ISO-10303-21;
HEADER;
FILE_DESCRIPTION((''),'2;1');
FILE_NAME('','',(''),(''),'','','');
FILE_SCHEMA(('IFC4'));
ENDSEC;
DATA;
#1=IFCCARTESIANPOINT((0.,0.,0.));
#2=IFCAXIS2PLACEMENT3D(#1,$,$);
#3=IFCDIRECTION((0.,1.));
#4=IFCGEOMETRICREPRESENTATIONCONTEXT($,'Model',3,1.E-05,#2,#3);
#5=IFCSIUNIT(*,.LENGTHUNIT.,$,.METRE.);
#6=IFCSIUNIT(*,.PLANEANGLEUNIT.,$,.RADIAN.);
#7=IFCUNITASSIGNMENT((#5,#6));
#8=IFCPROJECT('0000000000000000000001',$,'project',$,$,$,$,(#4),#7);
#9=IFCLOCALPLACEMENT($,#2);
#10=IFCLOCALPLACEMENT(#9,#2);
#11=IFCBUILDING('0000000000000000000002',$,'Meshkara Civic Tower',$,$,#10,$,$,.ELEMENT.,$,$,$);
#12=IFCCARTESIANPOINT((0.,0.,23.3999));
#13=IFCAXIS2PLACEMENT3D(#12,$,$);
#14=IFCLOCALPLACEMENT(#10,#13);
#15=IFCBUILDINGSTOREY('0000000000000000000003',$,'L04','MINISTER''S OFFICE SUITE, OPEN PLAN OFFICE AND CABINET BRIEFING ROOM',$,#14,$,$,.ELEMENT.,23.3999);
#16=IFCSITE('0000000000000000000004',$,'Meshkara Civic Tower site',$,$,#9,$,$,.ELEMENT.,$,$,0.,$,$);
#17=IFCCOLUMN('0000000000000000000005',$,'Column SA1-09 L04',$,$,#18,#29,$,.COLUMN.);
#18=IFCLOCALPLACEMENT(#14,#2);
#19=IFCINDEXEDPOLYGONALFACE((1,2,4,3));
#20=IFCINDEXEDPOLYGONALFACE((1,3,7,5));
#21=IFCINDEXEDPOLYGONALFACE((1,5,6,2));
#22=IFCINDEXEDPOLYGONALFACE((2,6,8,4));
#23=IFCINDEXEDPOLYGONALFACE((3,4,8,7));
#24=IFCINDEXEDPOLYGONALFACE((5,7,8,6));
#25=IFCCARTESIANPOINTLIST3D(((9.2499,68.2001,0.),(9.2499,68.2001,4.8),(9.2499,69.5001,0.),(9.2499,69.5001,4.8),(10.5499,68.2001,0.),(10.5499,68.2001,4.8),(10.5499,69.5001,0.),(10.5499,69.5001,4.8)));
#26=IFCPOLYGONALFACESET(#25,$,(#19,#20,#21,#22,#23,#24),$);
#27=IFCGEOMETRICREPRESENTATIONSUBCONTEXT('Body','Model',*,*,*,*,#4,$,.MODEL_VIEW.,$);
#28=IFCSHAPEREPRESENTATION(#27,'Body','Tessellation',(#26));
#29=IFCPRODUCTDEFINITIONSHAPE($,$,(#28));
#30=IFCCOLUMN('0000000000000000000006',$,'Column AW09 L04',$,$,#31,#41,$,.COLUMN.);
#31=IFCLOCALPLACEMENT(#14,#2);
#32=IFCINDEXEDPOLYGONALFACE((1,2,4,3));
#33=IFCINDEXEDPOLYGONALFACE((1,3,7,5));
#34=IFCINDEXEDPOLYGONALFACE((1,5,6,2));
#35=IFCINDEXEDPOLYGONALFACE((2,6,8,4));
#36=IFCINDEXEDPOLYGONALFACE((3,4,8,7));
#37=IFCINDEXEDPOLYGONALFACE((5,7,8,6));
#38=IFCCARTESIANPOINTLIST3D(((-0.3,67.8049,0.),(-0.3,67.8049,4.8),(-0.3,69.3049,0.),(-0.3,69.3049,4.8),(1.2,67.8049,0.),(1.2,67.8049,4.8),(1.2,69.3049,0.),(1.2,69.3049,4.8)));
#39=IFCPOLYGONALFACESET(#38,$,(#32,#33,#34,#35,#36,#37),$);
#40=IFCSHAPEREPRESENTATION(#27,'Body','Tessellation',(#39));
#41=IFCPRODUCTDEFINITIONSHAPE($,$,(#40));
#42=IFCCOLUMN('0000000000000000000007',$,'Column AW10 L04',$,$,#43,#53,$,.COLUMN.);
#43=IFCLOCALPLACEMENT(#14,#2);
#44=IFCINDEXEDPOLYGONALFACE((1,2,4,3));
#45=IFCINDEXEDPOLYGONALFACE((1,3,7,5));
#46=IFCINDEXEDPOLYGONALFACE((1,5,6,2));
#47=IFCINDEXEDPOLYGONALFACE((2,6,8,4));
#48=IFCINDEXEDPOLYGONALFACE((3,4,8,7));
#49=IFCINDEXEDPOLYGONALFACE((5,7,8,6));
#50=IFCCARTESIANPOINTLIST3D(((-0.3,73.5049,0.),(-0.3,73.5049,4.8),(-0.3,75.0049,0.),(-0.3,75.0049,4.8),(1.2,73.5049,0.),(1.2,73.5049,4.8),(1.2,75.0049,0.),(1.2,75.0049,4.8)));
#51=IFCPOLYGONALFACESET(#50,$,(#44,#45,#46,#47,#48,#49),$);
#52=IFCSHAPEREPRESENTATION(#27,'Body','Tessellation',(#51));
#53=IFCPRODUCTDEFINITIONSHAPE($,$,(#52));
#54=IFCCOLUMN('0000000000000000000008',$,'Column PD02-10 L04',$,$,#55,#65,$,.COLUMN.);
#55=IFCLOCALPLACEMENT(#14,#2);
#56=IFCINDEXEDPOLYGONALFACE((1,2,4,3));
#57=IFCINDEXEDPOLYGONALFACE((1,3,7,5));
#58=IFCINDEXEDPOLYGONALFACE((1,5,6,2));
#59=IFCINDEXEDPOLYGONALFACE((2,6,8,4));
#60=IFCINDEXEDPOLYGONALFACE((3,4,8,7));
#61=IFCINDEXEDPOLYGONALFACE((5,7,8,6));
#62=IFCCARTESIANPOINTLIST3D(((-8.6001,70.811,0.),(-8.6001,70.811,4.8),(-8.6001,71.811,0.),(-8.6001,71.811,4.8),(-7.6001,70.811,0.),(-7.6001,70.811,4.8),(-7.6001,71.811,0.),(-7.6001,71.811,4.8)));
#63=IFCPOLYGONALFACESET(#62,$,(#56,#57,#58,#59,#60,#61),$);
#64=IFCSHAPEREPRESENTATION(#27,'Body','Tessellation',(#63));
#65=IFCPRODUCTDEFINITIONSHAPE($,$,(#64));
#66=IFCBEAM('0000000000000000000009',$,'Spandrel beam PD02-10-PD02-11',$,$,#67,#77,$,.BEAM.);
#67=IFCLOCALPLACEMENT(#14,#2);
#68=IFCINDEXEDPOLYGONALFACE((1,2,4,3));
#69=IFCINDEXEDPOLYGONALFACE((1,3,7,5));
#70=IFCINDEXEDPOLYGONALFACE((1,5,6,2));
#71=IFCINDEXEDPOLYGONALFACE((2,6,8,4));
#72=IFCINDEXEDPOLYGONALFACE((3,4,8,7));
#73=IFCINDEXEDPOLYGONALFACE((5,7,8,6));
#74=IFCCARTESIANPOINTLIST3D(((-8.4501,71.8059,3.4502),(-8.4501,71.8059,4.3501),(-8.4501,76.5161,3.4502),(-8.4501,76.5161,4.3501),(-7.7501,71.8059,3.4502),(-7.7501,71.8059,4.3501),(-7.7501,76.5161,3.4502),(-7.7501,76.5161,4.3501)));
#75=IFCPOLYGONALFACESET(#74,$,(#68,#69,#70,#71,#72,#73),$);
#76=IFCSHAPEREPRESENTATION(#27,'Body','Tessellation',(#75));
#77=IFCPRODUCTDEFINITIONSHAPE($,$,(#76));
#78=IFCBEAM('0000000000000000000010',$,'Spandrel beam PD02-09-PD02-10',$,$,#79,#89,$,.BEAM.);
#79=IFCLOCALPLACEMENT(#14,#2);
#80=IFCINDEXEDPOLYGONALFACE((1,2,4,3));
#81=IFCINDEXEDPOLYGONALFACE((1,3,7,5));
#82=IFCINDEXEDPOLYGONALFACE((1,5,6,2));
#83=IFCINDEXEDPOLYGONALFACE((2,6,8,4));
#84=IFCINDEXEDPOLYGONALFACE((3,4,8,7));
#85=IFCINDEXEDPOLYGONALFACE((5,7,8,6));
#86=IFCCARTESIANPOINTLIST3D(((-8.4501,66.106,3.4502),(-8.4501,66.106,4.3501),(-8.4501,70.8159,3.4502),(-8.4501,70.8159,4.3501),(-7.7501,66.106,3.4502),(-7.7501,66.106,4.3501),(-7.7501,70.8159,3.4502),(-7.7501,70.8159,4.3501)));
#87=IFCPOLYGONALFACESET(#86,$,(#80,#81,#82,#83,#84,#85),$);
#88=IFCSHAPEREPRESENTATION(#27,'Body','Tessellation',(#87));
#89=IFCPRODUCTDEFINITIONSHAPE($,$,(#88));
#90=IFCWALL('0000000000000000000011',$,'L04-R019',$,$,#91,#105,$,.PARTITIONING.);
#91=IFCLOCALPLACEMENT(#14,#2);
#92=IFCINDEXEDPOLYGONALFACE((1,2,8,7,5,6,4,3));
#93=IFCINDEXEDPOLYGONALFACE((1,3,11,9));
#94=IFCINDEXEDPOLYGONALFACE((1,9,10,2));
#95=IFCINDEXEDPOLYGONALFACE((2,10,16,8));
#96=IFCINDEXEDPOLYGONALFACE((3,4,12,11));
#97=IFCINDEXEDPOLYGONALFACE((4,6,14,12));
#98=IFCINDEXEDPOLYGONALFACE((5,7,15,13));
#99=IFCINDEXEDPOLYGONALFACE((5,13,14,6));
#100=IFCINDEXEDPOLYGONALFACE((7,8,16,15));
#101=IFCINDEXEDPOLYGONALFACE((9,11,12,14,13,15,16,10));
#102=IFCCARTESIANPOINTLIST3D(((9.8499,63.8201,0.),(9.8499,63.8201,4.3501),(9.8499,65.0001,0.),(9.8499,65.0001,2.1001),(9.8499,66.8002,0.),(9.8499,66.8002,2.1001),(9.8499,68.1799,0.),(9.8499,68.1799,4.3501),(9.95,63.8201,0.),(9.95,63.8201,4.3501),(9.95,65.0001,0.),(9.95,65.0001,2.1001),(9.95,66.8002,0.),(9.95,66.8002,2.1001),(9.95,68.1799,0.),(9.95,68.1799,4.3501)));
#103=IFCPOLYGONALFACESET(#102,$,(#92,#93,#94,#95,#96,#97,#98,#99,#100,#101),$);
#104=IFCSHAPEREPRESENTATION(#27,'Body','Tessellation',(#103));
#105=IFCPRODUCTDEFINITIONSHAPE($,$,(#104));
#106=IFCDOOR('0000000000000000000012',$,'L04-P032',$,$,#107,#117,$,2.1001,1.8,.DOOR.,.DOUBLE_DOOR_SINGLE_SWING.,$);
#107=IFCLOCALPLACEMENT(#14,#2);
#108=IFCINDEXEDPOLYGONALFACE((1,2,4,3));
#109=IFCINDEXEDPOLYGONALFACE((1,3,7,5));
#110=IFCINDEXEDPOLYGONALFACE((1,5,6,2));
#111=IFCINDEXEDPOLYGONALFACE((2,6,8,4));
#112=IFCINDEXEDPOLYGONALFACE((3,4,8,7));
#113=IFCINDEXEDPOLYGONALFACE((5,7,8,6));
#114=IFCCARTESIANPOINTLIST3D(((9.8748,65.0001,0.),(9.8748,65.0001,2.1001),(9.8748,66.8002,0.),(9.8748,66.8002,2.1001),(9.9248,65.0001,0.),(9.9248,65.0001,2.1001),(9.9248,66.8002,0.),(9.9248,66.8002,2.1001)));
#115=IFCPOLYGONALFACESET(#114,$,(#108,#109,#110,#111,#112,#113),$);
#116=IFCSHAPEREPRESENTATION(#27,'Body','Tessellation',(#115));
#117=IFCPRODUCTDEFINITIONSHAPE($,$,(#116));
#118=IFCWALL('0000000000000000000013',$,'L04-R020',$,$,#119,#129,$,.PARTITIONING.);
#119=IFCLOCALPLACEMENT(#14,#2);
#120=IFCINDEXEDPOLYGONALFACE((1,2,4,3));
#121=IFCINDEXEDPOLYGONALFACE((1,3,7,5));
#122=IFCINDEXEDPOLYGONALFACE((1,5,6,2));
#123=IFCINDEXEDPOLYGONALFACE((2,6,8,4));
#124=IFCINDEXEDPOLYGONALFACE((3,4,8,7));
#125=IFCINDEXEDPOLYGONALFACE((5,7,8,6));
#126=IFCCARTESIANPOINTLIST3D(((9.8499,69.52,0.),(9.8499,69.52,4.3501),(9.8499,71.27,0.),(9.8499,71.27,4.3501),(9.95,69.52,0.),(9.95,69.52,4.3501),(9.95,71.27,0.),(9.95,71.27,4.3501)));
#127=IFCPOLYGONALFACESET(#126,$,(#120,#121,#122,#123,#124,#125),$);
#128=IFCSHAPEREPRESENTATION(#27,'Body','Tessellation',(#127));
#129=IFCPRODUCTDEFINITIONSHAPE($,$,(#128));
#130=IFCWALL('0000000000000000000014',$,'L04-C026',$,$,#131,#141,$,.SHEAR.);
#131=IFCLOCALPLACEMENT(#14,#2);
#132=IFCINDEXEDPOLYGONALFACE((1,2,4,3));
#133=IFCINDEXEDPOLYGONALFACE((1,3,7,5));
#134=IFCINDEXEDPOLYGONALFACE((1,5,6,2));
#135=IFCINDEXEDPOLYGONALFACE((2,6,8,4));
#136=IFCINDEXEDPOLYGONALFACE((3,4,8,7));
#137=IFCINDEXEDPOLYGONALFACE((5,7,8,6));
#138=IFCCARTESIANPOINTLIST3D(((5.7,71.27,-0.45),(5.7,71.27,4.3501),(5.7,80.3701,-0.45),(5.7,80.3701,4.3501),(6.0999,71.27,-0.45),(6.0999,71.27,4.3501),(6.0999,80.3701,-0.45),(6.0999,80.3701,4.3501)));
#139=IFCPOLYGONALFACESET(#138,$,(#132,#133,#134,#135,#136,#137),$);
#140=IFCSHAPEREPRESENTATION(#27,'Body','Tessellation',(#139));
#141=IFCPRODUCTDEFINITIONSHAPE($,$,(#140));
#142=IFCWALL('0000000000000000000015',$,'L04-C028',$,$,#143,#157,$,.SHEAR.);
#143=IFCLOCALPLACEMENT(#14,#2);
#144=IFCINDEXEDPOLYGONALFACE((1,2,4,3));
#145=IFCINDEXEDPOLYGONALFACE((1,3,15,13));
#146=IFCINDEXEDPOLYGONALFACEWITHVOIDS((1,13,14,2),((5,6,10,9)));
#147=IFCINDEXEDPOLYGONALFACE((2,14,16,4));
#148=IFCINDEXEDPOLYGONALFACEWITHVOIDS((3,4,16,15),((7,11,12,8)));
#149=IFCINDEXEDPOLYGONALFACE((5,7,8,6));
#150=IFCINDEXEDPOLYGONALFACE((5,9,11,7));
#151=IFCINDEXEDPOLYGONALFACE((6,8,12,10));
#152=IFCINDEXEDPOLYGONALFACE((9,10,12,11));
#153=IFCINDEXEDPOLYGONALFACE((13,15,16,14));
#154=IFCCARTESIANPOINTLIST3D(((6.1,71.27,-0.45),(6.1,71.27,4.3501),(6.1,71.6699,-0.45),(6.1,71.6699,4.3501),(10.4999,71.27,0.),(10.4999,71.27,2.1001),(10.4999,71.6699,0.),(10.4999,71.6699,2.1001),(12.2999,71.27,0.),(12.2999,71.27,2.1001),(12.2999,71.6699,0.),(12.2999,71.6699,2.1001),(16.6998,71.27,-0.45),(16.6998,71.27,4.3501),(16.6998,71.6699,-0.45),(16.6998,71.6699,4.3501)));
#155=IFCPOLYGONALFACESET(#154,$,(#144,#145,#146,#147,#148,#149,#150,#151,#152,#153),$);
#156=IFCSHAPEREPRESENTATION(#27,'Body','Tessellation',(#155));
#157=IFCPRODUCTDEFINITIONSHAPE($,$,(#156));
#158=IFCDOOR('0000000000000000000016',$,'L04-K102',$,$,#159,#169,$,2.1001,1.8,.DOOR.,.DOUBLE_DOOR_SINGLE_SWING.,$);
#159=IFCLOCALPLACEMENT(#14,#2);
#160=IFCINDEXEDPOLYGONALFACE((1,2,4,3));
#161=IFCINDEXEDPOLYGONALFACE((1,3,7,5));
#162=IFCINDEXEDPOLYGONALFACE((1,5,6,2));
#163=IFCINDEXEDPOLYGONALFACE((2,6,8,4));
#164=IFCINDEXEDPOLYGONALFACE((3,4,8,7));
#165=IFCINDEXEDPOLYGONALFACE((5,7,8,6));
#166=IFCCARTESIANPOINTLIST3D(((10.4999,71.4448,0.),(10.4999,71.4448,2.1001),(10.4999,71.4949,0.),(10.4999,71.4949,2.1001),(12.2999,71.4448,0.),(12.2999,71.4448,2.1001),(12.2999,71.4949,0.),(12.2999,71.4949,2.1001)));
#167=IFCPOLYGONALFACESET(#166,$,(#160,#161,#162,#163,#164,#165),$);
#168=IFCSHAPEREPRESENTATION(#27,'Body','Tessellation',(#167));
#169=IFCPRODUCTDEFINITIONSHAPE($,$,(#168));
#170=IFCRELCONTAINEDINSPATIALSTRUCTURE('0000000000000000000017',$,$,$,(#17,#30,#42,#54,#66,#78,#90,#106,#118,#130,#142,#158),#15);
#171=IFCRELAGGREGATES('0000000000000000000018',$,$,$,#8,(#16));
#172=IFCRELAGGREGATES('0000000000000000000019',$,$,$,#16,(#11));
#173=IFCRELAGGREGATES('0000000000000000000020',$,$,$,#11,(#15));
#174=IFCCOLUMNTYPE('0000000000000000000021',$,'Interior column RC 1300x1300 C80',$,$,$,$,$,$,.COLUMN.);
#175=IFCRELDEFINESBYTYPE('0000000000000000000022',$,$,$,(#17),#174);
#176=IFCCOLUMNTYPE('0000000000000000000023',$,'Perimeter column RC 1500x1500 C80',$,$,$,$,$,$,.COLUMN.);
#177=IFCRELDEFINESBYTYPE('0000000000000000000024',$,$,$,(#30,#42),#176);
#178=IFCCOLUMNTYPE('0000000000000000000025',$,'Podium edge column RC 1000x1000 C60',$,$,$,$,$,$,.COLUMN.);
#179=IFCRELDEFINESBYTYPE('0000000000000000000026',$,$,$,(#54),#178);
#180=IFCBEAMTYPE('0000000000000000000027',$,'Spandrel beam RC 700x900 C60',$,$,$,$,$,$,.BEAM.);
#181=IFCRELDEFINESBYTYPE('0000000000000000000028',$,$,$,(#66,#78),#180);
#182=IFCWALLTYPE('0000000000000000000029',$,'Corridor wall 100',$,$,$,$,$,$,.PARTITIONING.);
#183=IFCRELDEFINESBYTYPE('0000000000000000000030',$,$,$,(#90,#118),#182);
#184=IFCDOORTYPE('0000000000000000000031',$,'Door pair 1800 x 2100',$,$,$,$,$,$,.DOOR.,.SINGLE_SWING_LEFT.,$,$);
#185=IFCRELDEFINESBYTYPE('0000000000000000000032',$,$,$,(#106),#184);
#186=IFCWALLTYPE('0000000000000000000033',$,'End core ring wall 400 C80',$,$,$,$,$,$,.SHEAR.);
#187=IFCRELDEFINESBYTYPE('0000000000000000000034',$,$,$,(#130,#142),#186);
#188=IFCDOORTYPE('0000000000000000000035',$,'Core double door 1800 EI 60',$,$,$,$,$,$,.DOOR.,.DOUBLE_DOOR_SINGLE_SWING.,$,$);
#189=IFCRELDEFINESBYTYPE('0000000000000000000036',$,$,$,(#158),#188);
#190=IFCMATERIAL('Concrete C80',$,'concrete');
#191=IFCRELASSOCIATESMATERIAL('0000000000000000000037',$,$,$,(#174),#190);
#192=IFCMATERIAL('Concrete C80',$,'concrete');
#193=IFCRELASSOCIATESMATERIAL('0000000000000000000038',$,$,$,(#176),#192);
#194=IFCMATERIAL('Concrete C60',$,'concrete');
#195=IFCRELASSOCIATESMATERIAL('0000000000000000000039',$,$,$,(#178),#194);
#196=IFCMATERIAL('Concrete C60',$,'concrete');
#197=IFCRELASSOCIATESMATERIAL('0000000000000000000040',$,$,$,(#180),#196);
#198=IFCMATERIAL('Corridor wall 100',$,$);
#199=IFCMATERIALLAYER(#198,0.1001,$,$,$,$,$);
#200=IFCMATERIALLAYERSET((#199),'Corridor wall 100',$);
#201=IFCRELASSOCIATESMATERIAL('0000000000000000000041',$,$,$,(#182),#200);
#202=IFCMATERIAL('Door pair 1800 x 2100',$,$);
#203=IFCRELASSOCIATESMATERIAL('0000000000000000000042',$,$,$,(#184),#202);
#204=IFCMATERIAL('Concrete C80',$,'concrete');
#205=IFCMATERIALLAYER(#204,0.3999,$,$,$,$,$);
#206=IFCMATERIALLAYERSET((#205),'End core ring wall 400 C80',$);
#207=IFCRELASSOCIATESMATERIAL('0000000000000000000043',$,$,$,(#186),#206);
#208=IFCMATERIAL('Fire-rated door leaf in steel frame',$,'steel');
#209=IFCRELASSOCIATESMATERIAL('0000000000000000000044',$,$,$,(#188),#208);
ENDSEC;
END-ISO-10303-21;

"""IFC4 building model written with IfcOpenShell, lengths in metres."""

from ifc_helpers import new_model, si_unit, direction, frame, frame_2d, origin, origin_2d, place, context, subcontext, project, spatial, rectangle, extrude, material, layer, layer_set, material_profile, profile_set, type_object, element, fill, save


model = new_model("IFC4")

# Units and contexts
model_context = context("Model", 3, precision=1e-05, world=origin(), true_north=direction((0.0, 1.0)))
body_context = subcontext(model_context, "Body", "Model", "MODEL_VIEW")
ifc_project = project(units=[si_unit("LENGTHUNIT", "METRE"), si_unit("PLANEANGLEUNIT", "RADIAN")], contexts=[model_context])

# Site, building, storey
site_placement = place(None, origin())
site = spatial("IfcSite", under=ifc_project, at=site_placement, Name="Meshkara Civic Tower site", CompositionType="ELEMENT", RefElevation=0.0)
building_placement = place(site_placement, origin())
building = spatial("IfcBuilding", under=site, at=building_placement, Name="Meshkara Civic Tower", CompositionType="ELEMENT")
storey_placement = place(building_placement, frame((0.0, 0.0, 23.3999)))
storey = spatial("IfcBuildingStorey", under=building, at=storey_placement, Name="L04", Description="MINISTER'S OFFICE SUITE, OPEN PLAN OFFICE AND CABINET BRIEFING ROOM", CompositionType="ELEMENT", Elevation=23.3999)

# Columns
ifc_material_1 = material(Name="Concrete C80", Category="concrete")
ifc_material_profile_1 = material_profile(ifc_material_1, rectangle(XDim=1.3, YDim=1.3, at=origin_2d()))
ifc_profile_set_1 = profile_set([ifc_material_profile_1], Name="Concrete C80")
column_type_1 = type_object("IfcColumnType", Name="Interior column RC 1300x1300 C80", PredefinedType="COLUMN", material=ifc_profile_set_1)
column_1_placement = place(storey_placement, frame((9.8999, 68.8501, 0.0), z_axis=(0.0, 0.0, 1.0), x_axis=(1.0, 0.0, 0.0)))
element("IfcColumn", 1, at=column_1_placement, inside=storey, type_object=column_type_1, Name="Column SA1-09 L04", PredefinedType="COLUMN", context=body_context, shape_type="SweptSolid", body=[
    extrude(rectangle(XDim=1.3, YDim=1.3, at=origin_2d()), origin(), (0.0, 0.0, 1.0), 4.8),
])
ifc_material_2 = material(Name="Concrete C80", Category="concrete")
ifc_material_profile_2 = material_profile(ifc_material_2, rectangle(XDim=1.5, YDim=1.5, at=origin_2d()))
ifc_profile_set_2 = profile_set([ifc_material_profile_2], Name="Concrete C80")
column_type_2 = type_object("IfcColumnType", Name="Perimeter column RC 1500x1500 C80", PredefinedType="COLUMN", material=ifc_profile_set_2)
for number, where, z_axis, x_axis, name in (
    (2, (0.45, 68.5549, 0.0), (0.0, 0.0, 1.0), (1.0, 0.0, 0.0), "Column AW09 L04"),
    (3, (0.45, 74.2549, 0.0), (0.0, 0.0, 1.0), (1.0, 0.0, 0.0), "Column AW10 L04"),
):
    element("IfcColumn", number, at=place(storey_placement, frame(where, z_axis=z_axis, x_axis=x_axis)), inside=storey, type_object=column_type_2, Name=name, PredefinedType="COLUMN", context=body_context, shape_type="SweptSolid", body=[
        extrude(rectangle(XDim=1.5, YDim=1.5, at=origin_2d()), origin(), (0.0, 0.0, 1.0), 4.8),
    ])
ifc_material_3 = material(Name="Concrete C60", Category="concrete")
ifc_material_profile_3 = material_profile(ifc_material_3, rectangle(XDim=1.0, YDim=1.0, at=origin_2d()))
ifc_profile_set_3 = profile_set([ifc_material_profile_3], Name="Concrete C60")
column_type_3 = type_object("IfcColumnType", Name="Podium edge column RC 1000x1000 C60", PredefinedType="COLUMN", material=ifc_profile_set_3)
column_2_placement = place(storey_placement, frame((-8.1001, 71.311, 0.0), z_axis=(0.0, 0.0, 1.0), x_axis=(1.0, 0.0, 0.0)))
element("IfcColumn", 4, at=column_2_placement, inside=storey, type_object=column_type_3, Name="Column PD02-10 L04", PredefinedType="COLUMN", context=body_context, shape_type="SweptSolid", body=[
    extrude(rectangle(XDim=1.0, YDim=1.0, at=origin_2d()), origin(), (0.0, 0.0, 1.0), 4.8),
])

# Beams
ifc_material_4 = material(Name="Concrete C60", Category="concrete")
ifc_material_profile_4 = material_profile(ifc_material_4, rectangle(XDim=0.7, YDim=0.8999, at=origin_2d()))
ifc_profile_set_4 = profile_set([ifc_material_profile_4], Name="Concrete C60")
beam_type = type_object("IfcBeamType", Name="Spandrel beam RC 700x900 C60", PredefinedType="BEAM", material=ifc_profile_set_4)
beam_1_placement = place(storey_placement, frame((-8.1001, 76.5161, 3.9001), z_axis=(0.0, -1.0, 0.0), x_axis=(1.0, 0.0, 0.0)))
element("IfcBeam", 5, at=beam_1_placement, inside=storey, type_object=beam_type, Name="Spandrel beam PD02-10-PD02-11", PredefinedType="BEAM", context=body_context, shape_type="SweptSolid", body=[
    extrude(rectangle(XDim=0.7, YDim=0.8999, at=origin_2d()), origin(), (0.0, 0.0, 1.0), 4.7102),
])
beam_2_placement = place(storey_placement, frame((-8.1001, 70.8159, 3.9001), z_axis=(0.0, -1.0, 0.0), x_axis=(1.0, 0.0, 0.0)))
element("IfcBeam", 6, at=beam_2_placement, inside=storey, type_object=beam_type, Name="Spandrel beam PD02-09-PD02-10", PredefinedType="BEAM", context=body_context, shape_type="SweptSolid", body=[
    extrude(rectangle(XDim=0.7, YDim=0.8999, at=origin_2d()), origin(), (0.0, 0.0, 1.0), 4.71),
])

# Wall, opening, door
ifc_material_5 = material(Name="Corridor wall 100")
ifc_layer_1 = layer(ifc_material_5, 0.1001)
ifc_layer_set_1 = layer_set([ifc_layer_1], Name="Corridor wall 100")
wall_type_1 = type_object("IfcWallType", Name="Corridor wall 100", PredefinedType="PARTITIONING", material=ifc_layer_set_1)
wall_1_placement = place(storey_placement, frame((9.8999, 68.1799, 0.0), z_axis=(0.0, 0.0, 1.0), x_axis=(0.0, -1.0, 0.0)))
wall_1 = element("IfcWall", 7, at=wall_1_placement, inside=storey, type_object=wall_type_1, Name="L04-R019", PredefinedType="PARTITIONING", context=body_context, shape_type="SweptSolid", body=[
    extrude(rectangle(XDim=4.3599, YDim=0.1001, at=frame_2d((2.1799, 0.0))), origin(), (0.0, 0.0, 1.0), 4.3501),
])
opening_1_placement = place(wall_1_placement, frame((1.3799, 0.0, 0.0)))
opening_1 = element("IfcOpeningElement", 8, at=opening_1_placement, cuts=wall_1, PredefinedType="OPENING", context=body_context, shape_type="SweptSolid", body=[
    extrude(rectangle(XDim=1.8, YDim=2.1001, at=frame_2d((0.8999, 1.05))), frame((0.0, 0.0601, 0.0), z_axis=(0.0, -1.0, 0.0), x_axis=(1.0, 0.0, 0.0)), (0.0, 0.0, 1.0), 0.1201),
])
ifc_material_6 = material(Name="Door pair 1800 x 2100")
door_type_1 = type_object("IfcDoorType", Name="Door pair 1800 x 2100", OperationType="SINGLE_SWING_LEFT", PredefinedType="DOOR", material=ifc_material_6)
door_1_placement = place(opening_1_placement, origin())
door_1 = element("IfcDoor", 9, at=door_1_placement, inside=storey, type_object=door_type_1, Name="L04-P032", OperationType="DOUBLE_DOOR_SINGLE_SWING", OverallHeight=2.1001, OverallWidth=1.8, PredefinedType="DOOR", context=body_context, shape_type="SweptSolid", body=[
    extrude(rectangle(XDim=1.8, YDim=2.1001, at=frame_2d((0.8999, 1.05))), frame((0.0, 0.0249, 0.0), z_axis=(0.0, -1.0, 0.0), x_axis=(1.0, 0.0, 0.0)), (0.0, 0.0, 1.0), 0.05),
])
fill(opening_1, door_1)

# Walls
wall_2_placement = place(storey_placement, frame((9.8999, 71.27, 0.0), z_axis=(0.0, 0.0, 1.0), x_axis=(0.0, -1.0, 0.0)))
element("IfcWall", 10, at=wall_2_placement, inside=storey, type_object=wall_type_1, Name="L04-R020", PredefinedType="PARTITIONING", context=body_context, shape_type="SweptSolid", body=[
    extrude(rectangle(XDim=1.75, YDim=0.1001, at=frame_2d((0.875, 0.0))), origin(), (0.0, 0.0, 1.0), 4.3501),
])
ifc_material_7 = material(Name="Concrete C80", Category="concrete")
ifc_layer_2 = layer(ifc_material_7, 0.3999)
ifc_layer_set_2 = layer_set([ifc_layer_2], Name="End core ring wall 400 C80")
wall_type_2 = type_object("IfcWallType", Name="End core ring wall 400 C80", PredefinedType="SHEAR", material=ifc_layer_set_2)
wall_3_placement = place(storey_placement, frame((5.8999, 71.27, -0.45), z_axis=(0.0, 0.0, 1.0), x_axis=(0.0, 1.0, 0.0)))
element("IfcWall", 11, at=wall_3_placement, inside=storey, type_object=wall_type_2, Name="L04-C026", PredefinedType="SHEAR", context=body_context, shape_type="SweptSolid", body=[
    extrude(rectangle(XDim=9.1001, YDim=0.3999, at=frame_2d((4.55, 0.0))), origin(), (0.0, 0.0, 1.0), 4.8),
])

# Wall, opening, door
wall_4_placement = place(storey_placement, frame((6.1001, 71.47, -0.45), z_axis=(0.0, 0.0, 1.0), x_axis=(1.0, 0.0, 0.0)))
wall_4 = element("IfcWall", 12, at=wall_4_placement, inside=storey, type_object=wall_type_2, Name="L04-C028", PredefinedType="SHEAR", context=body_context, shape_type="SweptSolid", body=[
    extrude(rectangle(XDim=10.5999, YDim=0.3999, at=frame_2d((5.2998, 0.0))), origin(), (0.0, 0.0, 1.0), 4.8),
])
opening_2_placement = place(wall_4_placement, frame((4.3999, 0.0, 0.45)))
opening_2 = element("IfcOpeningElement", 13, at=opening_2_placement, cuts=wall_4, PredefinedType="OPENING", context=body_context, shape_type="SweptSolid", body=[
    extrude(rectangle(XDim=1.8, YDim=2.1001, at=frame_2d((0.8999, 1.05))), frame((0.0, 0.21, 0.0), z_axis=(0.0, -1.0, 0.0), x_axis=(1.0, 0.0, 0.0)), (0.0, 0.0, 1.0), 0.4199),
])
ifc_material_8 = material(Name="Fire-rated door leaf in steel frame", Category="steel")
door_type_2 = type_object("IfcDoorType", Name="Core double door 1800 EI 60", OperationType="DOUBLE_DOOR_SINGLE_SWING", PredefinedType="DOOR", material=ifc_material_8)
door_2_placement = place(opening_2_placement, origin())
door_2 = element("IfcDoor", 14, at=door_2_placement, inside=storey, type_object=door_type_2, Name="L04-K102", OperationType="DOUBLE_DOOR_SINGLE_SWING", OverallHeight=2.1001, OverallWidth=1.8, PredefinedType="DOOR", context=body_context, shape_type="SweptSolid", body=[
    extrude(rectangle(XDim=1.8, YDim=2.1001, at=frame_2d((0.8999, 1.05))), frame((0.0, 0.0249, 0.0), z_axis=(0.0, -1.0, 0.0), x_axis=(1.0, 0.0, 0.0)), (0.0, 0.0, 1.0), 0.05),
])
fill(opening_2, door_2)

save(model, "model.ifc")
